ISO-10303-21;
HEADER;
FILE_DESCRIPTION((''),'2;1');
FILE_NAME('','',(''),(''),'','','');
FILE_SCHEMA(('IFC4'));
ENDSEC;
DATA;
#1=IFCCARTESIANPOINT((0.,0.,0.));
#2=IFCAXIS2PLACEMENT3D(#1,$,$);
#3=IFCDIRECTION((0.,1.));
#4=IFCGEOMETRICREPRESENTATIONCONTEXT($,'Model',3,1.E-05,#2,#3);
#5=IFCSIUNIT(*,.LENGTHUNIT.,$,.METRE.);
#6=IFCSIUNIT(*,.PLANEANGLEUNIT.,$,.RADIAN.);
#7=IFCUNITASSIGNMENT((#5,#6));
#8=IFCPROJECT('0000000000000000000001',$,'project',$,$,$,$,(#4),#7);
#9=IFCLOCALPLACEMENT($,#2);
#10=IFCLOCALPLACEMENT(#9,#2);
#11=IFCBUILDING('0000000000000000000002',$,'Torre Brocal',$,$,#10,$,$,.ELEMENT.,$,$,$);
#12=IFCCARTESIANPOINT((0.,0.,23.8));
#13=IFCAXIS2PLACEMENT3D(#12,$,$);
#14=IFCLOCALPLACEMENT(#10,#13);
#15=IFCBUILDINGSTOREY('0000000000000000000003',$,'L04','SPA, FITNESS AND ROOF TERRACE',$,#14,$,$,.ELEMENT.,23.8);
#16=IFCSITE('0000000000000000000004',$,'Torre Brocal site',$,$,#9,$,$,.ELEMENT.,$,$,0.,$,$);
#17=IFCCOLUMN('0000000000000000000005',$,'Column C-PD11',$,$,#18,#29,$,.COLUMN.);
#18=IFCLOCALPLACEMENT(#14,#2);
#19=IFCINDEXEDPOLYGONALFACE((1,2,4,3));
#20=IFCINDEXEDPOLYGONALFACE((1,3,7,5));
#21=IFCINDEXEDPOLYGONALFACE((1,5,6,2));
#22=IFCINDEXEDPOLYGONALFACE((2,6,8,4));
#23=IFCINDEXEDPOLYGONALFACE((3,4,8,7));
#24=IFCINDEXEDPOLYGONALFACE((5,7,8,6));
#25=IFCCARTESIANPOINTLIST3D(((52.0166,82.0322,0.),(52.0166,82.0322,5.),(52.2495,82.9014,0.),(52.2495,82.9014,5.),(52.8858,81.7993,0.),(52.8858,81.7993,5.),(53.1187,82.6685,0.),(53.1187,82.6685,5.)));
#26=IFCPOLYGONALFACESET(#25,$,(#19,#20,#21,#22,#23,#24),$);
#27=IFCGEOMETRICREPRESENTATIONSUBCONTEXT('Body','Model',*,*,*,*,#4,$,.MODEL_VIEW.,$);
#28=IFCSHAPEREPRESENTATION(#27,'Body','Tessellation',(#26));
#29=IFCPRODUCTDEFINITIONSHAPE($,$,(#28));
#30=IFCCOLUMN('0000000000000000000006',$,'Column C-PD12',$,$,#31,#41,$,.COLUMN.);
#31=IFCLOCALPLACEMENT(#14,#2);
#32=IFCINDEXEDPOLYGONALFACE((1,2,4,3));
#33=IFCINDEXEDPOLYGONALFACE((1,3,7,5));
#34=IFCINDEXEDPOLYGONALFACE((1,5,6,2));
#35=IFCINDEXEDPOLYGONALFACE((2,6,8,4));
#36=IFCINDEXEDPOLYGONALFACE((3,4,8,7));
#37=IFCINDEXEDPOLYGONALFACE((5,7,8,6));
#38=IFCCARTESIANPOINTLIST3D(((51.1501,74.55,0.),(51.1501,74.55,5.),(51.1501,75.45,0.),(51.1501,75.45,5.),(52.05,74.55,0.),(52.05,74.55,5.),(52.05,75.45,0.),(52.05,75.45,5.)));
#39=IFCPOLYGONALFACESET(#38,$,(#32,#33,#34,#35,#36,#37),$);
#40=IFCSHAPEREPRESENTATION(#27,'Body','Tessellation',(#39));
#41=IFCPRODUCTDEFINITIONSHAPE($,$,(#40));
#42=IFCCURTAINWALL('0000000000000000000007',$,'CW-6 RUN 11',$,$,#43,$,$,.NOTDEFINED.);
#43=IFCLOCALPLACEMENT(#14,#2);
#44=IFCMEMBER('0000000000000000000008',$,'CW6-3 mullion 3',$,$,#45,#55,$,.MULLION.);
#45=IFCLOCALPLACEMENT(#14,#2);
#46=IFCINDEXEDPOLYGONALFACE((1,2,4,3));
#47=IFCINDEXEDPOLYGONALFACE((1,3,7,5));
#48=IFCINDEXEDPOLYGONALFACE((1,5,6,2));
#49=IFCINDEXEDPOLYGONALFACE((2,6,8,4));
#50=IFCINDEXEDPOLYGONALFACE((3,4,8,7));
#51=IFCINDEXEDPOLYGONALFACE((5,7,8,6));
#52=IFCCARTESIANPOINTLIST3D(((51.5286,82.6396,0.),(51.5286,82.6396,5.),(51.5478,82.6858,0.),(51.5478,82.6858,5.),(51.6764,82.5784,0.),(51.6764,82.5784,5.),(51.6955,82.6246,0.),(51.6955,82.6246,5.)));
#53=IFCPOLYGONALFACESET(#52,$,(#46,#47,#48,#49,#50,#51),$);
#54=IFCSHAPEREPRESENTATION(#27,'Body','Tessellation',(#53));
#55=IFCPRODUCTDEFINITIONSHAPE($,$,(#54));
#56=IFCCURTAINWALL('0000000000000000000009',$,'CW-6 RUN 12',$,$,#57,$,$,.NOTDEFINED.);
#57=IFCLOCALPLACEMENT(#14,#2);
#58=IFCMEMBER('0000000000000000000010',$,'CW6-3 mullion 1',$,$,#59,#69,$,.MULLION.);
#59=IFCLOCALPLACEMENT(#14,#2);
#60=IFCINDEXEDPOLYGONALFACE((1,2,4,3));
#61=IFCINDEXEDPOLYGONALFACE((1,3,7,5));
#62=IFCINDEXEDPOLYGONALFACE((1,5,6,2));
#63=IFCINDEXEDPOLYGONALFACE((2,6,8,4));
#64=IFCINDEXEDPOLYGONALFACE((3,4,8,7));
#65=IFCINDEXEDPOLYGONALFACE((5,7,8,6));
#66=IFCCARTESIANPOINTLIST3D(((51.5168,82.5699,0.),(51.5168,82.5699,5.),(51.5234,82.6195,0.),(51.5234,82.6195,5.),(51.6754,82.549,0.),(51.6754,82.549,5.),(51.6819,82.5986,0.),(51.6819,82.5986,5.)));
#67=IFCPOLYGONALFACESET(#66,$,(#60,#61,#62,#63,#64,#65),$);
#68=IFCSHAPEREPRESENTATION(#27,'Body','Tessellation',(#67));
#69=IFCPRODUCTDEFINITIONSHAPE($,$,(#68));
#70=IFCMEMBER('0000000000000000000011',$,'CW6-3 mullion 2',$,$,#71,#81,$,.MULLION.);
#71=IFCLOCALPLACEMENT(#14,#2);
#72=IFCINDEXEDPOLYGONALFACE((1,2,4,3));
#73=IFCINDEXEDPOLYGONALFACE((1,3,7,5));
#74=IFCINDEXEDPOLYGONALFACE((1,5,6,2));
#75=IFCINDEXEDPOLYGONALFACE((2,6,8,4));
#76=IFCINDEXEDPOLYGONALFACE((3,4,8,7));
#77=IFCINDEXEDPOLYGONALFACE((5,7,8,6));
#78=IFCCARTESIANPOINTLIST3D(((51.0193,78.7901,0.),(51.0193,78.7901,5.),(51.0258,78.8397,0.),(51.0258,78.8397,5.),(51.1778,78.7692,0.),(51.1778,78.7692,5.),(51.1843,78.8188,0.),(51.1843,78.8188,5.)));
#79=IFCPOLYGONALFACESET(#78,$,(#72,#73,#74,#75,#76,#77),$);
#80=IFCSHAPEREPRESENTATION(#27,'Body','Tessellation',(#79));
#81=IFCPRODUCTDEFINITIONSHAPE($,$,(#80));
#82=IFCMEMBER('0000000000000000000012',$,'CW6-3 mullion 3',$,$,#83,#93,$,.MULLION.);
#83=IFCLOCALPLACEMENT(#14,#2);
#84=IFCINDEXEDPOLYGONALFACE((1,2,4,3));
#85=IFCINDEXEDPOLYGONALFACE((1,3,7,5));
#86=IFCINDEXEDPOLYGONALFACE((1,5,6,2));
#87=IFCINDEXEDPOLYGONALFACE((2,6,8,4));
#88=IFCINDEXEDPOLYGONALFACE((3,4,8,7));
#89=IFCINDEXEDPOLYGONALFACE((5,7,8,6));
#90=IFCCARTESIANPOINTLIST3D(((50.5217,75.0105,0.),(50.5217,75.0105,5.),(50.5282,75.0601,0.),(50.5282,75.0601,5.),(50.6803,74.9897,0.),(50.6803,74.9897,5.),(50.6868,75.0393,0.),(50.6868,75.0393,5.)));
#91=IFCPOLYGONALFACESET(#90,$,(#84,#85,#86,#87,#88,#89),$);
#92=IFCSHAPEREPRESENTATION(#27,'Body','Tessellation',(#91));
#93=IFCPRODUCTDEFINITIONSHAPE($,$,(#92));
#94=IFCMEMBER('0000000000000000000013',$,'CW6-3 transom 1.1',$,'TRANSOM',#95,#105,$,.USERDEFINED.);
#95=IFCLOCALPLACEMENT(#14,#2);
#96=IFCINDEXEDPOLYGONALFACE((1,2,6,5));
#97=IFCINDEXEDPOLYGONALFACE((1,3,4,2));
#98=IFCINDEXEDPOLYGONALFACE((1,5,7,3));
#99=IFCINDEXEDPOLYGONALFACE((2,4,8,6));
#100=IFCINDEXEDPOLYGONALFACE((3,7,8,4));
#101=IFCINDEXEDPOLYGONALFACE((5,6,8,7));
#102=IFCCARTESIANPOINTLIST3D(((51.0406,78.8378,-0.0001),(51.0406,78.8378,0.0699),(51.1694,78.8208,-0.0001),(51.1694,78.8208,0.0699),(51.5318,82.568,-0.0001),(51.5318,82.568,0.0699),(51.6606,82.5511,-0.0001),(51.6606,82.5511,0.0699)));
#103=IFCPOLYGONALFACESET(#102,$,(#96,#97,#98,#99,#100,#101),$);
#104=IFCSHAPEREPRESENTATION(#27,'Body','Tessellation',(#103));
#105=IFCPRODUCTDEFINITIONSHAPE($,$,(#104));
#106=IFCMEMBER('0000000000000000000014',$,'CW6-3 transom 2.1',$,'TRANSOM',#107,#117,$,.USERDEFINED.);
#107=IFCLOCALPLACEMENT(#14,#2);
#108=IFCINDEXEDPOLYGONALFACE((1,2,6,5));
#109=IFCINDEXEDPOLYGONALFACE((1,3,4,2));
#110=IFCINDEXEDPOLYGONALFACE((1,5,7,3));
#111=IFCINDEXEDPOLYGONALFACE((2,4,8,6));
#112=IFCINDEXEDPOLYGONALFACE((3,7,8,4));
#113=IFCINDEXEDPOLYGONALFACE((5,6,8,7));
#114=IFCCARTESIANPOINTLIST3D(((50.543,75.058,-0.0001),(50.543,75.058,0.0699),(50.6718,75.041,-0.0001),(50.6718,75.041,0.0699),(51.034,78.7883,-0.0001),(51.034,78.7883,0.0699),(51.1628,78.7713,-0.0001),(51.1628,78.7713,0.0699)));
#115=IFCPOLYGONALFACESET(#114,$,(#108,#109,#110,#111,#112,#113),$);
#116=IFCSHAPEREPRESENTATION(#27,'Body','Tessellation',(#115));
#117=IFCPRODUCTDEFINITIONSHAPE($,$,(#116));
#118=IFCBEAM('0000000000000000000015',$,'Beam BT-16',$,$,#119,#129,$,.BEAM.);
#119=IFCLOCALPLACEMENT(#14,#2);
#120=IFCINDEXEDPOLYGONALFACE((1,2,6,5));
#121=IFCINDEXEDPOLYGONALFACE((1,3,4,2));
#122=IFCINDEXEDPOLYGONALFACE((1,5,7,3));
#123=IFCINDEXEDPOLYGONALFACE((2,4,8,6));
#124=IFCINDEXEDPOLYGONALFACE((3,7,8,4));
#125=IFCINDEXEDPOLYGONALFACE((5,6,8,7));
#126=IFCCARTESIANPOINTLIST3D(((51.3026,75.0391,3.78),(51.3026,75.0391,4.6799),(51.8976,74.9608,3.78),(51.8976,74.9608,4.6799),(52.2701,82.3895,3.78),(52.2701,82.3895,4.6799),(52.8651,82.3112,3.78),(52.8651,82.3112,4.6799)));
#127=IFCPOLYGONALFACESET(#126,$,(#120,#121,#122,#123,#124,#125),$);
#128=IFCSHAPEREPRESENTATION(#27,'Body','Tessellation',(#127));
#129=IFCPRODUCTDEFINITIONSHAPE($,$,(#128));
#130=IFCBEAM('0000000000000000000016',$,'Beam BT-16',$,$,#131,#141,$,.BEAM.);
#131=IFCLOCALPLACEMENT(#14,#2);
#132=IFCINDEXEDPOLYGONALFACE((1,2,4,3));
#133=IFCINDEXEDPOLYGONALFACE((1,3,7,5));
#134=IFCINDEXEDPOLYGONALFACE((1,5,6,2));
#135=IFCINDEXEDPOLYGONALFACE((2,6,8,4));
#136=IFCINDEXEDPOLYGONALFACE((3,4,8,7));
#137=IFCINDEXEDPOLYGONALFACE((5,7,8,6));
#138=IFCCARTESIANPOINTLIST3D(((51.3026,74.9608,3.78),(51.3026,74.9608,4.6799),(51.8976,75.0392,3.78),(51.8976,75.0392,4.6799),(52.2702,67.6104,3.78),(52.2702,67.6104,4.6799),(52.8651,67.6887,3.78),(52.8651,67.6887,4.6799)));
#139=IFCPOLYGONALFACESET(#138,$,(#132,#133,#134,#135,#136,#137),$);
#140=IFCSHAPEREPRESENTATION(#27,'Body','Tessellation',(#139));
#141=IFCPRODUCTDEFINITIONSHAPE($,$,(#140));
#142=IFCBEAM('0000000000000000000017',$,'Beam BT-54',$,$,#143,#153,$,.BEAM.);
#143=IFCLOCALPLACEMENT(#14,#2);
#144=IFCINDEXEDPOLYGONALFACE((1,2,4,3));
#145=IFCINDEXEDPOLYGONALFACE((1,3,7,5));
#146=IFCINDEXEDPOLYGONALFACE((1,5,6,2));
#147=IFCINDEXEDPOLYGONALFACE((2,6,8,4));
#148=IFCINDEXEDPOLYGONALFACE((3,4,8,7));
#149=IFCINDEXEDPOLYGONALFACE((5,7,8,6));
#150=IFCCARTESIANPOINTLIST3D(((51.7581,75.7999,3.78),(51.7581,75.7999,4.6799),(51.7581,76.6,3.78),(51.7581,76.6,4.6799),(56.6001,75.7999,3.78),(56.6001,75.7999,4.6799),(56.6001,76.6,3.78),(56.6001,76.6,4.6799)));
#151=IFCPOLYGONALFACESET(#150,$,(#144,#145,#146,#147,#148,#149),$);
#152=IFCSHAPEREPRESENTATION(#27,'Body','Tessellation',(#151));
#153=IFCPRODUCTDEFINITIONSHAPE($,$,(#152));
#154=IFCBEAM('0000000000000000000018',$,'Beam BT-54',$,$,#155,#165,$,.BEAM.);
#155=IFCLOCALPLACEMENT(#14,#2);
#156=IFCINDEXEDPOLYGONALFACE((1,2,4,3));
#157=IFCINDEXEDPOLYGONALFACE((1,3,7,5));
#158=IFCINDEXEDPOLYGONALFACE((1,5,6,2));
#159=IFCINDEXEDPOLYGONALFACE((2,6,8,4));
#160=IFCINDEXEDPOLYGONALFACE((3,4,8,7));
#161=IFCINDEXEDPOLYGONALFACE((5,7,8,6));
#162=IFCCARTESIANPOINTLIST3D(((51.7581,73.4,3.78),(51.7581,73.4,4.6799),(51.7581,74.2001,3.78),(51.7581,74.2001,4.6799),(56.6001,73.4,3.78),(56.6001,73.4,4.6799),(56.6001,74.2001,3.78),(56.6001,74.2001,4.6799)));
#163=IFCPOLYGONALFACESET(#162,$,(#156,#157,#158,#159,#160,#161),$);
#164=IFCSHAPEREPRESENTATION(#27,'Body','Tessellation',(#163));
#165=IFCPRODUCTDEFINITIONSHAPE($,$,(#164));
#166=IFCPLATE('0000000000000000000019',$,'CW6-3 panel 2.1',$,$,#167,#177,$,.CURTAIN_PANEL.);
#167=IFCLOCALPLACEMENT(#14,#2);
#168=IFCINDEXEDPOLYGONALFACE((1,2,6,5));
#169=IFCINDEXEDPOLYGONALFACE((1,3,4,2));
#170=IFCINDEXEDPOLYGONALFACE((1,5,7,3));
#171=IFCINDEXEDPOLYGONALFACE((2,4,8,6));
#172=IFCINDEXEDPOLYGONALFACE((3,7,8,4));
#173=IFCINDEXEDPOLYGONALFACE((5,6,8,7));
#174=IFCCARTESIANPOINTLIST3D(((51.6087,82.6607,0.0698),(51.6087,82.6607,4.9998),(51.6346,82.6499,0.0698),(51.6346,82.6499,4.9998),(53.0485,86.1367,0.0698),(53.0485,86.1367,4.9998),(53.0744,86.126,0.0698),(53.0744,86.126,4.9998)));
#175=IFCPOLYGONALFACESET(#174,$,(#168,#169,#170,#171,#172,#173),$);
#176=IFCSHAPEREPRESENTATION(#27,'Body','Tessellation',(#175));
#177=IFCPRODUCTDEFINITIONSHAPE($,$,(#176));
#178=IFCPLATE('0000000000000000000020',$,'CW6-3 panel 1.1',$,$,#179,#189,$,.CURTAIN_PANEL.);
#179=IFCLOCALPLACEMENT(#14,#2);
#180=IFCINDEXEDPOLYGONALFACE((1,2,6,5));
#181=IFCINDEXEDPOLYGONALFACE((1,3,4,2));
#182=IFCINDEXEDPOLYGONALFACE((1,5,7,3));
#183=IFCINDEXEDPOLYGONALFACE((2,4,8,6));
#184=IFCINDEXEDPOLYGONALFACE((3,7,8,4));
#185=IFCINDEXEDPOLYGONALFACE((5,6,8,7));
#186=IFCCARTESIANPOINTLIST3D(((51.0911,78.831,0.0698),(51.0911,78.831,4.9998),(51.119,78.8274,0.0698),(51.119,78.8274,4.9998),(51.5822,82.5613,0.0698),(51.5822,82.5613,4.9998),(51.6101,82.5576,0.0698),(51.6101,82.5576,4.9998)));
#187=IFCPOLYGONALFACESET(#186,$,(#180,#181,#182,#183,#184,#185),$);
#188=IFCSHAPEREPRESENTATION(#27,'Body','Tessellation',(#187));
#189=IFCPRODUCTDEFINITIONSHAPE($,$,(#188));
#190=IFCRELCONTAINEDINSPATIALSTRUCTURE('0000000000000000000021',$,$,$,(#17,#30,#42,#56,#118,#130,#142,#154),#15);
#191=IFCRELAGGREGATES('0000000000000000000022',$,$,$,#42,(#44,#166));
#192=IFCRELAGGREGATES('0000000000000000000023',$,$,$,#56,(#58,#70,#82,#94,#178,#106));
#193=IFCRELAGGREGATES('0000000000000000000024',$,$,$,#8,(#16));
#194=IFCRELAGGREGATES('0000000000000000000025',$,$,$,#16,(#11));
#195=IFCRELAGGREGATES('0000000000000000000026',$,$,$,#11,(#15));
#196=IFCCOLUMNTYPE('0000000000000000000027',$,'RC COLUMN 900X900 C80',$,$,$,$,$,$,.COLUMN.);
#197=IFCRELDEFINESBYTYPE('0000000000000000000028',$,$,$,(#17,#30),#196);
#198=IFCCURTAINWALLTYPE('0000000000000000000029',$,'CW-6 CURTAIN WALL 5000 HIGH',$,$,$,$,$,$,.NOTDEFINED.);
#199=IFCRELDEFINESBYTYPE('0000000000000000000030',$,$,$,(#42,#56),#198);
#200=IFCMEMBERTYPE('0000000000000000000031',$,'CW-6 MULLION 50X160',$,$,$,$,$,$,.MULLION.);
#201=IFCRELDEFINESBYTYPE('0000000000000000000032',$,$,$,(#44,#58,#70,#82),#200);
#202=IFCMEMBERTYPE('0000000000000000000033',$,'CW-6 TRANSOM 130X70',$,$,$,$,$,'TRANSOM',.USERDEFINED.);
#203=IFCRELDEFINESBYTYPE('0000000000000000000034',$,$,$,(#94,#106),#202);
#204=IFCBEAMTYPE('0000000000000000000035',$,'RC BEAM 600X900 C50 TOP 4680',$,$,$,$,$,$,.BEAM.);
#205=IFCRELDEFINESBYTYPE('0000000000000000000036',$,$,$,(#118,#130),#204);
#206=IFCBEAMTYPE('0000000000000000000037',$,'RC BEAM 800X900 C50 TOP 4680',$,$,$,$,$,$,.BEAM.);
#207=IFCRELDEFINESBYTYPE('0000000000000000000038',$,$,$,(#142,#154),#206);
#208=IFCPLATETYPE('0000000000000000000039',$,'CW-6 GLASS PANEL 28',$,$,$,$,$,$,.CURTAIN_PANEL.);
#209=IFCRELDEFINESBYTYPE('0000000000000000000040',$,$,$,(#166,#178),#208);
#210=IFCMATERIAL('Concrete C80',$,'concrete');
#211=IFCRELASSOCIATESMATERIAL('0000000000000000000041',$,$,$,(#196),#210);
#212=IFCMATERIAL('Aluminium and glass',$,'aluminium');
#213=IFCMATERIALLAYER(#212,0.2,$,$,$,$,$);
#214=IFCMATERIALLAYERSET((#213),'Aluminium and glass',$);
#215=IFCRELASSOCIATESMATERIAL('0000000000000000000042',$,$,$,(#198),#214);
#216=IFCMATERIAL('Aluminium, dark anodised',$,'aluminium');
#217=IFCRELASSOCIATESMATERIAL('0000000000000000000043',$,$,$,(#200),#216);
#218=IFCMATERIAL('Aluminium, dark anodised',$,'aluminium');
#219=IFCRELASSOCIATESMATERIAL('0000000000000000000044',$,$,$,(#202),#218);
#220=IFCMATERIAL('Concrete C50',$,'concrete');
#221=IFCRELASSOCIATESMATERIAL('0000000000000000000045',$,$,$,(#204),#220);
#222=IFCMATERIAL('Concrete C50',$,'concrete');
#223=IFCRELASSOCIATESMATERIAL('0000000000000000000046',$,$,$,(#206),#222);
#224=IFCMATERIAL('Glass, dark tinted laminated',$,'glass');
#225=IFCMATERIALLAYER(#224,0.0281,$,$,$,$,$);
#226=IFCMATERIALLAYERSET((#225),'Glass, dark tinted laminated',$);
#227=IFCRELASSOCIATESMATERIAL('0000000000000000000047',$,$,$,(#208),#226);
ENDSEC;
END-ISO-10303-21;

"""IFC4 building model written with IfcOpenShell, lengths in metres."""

from ifc_helpers import new_model, si_unit, direction, frame, origin, origin_2d, place, context, subcontext, project, spatial, rectangle, extrude, material, layer, layer_set, material_profile, profile_set, type_object, element, aggregate, save


model = new_model("IFC4")

# Units and contexts
model_context = context("Model", 3, precision=1e-05, world=origin(), true_north=direction((0.0, 1.0)))
body_context = subcontext(model_context, "Body", "Model", "MODEL_VIEW")
ifc_project = project(units=[si_unit("LENGTHUNIT", "METRE"), si_unit("PLANEANGLEUNIT", "RADIAN")], contexts=[model_context])

# Site, building, storey
site_placement = place(None, origin())
site = spatial("IfcSite", under=ifc_project, at=site_placement, Name="Torre Brocal site", CompositionType="ELEMENT", RefElevation=0.0)
building_placement = place(site_placement, origin())
building = spatial("IfcBuilding", under=site, at=building_placement, Name="Torre Brocal", CompositionType="ELEMENT")
storey_placement = place(building_placement, frame((0.0, 0.0, 23.8)))
storey = spatial("IfcBuildingStorey", under=building, at=storey_placement, Name="L04", Description="SPA, FITNESS AND ROOF TERRACE", CompositionType="ELEMENT", Elevation=23.8)

# Columns
ifc_material_1 = material(Name="Concrete C80", Category="concrete")
ifc_material_profile_1 = material_profile(ifc_material_1, rectangle(XDim=0.8999, YDim=0.8999, at=origin_2d()), Name="RC 900X900")
ifc_profile_set_1 = profile_set([ifc_material_profile_1], Name="Concrete C80")
column_type = type_object("IfcColumnType", Name="RC COLUMN 900X900 C80", PredefinedType="COLUMN", material=ifc_profile_set_1)
for number, where, z_axis, x_axis, name in (
    (1, (52.5676, 82.3503, 0.0), (0.0, 0.0, 1.0), (-0.965926, 0.258819, 0.0), "Column C-PD11"),
    (2, (51.6001, 75.0, 0.0), (0.0, 0.0, 1.0), (-1.0, 0.0, 0.0), "Column C-PD12"),
):
    element("IfcColumn", number, at=place(storey_placement, frame(where, z_axis=z_axis, x_axis=x_axis)), inside=storey, type_object=column_type, Name=name, PredefinedType="COLUMN", context=body_context, shape_type="SweptSolid", body=[
        extrude(rectangle(XDim=0.8999, YDim=0.8999, at=origin_2d()), origin(), (0.0, 0.0, 1.0), 5.0),
    ])

# Curtain wall, member
ifc_material_2 = material(Name="Aluminium and glass", Category="aluminium")
ifc_layer_1 = layer(ifc_material_2, 0.2)
ifc_layer_set_1 = layer_set([ifc_layer_1], Name="Aluminium and glass")
curtain_wall_type = type_object("IfcCurtainWallType", Name="CW-6 CURTAIN WALL 5000 HIGH", PredefinedType="NOTDEFINED", material=ifc_layer_set_1)
curtain_wall_1_placement = place(storey_placement, origin())
curtain_wall_1 = element("IfcCurtainWall", 3, at=curtain_wall_1_placement, inside=storey, type_object=curtain_wall_type, Name="CW-6 RUN 11", PredefinedType="NOTDEFINED")
ifc_material_3 = material(Name="Aluminium, dark anodised", Category="aluminium")
ifc_material_profile_2 = material_profile(ifc_material_3, rectangle(XDim=0.1599, YDim=0.05, at=origin_2d()), Name="CW-6 MULLION 50X160")
ifc_profile_set_2 = profile_set([ifc_material_profile_2], Name="Aluminium, dark anodised")
member_type_1 = type_object("IfcMemberType", Name="CW-6 MULLION 50X160", PredefinedType="MULLION", material=ifc_profile_set_2)
member_1_placement = place(storey_placement, frame((51.6121, 82.6321, 0.0), z_axis=(0.0, 0.0, 1.0), x_axis=(0.92388, -0.382683, 0.0)))
member_1 = element("IfcMember", 4, at=member_1_placement, type_object=member_type_1, Name="CW6-3 mullion 3", PredefinedType="MULLION", context=body_context, shape_type="SweptSolid", body=[
    extrude(rectangle(XDim=0.1599, YDim=0.05, at=origin_2d()), origin(), (0.0, 0.0, 1.0), 5.0),
])

# Curtain wall, members
curtain_wall_2_placement = place(storey_placement, origin())
curtain_wall_2 = element("IfcCurtainWall", 5, at=curtain_wall_2_placement, inside=storey, type_object=curtain_wall_type, Name="CW-6 RUN 12", PredefinedType="NOTDEFINED")
member_2_placement = place(storey_placement, frame((51.5994, 82.5842, 0.0), z_axis=(0.0, 0.0, 1.0), x_axis=(0.991445, -0.130526, 0.0)))
member_2 = element("IfcMember", 6, at=member_2_placement, type_object=member_type_1, Name="CW6-3 mullion 1", PredefinedType="MULLION", context=body_context, shape_type="SweptSolid", body=[
    extrude(rectangle(XDim=0.1599, YDim=0.05, at=origin_2d()), origin(), (0.0, 0.0, 1.0), 5.0),
])
member_3_placement = place(storey_placement, frame((51.1018, 78.8044, 0.0), z_axis=(0.0, 0.0, 1.0), x_axis=(0.991445, -0.130526, 0.0)))
member_3 = element("IfcMember", 7, at=member_3_placement, type_object=member_type_1, Name="CW6-3 mullion 2", PredefinedType="MULLION", context=body_context, shape_type="SweptSolid", body=[
    extrude(rectangle(XDim=0.1599, YDim=0.05, at=origin_2d()), origin(), (0.0, 0.0, 1.0), 5.0),
])
member_4_placement = place(storey_placement, frame((50.6042, 75.0249, 0.0), z_axis=(0.0, 0.0, 1.0), x_axis=(0.991445, -0.130526, 0.0)))
member_4 = element("IfcMember", 8, at=member_4_placement, type_object=member_type_1, Name="CW6-3 mullion 3", PredefinedType="MULLION", context=body_context, shape_type="SweptSolid", body=[
    extrude(rectangle(XDim=0.1599, YDim=0.05, at=origin_2d()), origin(), (0.0, 0.0, 1.0), 5.0),
])
ifc_material_4 = material(Name="Aluminium, dark anodised", Category="aluminium")
ifc_material_profile_3 = material_profile(ifc_material_4, rectangle(XDim=0.1299, YDim=0.0701, at=origin_2d()), Name="CW-6 TRANSOM 130X70")
ifc_profile_set_3 = profile_set([ifc_material_profile_3], Name="Aluminium, dark anodised")
member_type_2 = type_object("IfcMemberType", Name="CW-6 TRANSOM 130X70", ElementType="TRANSOM", PredefinedType="USERDEFINED", material=ifc_profile_set_3)
member_5_placement = place(storey_placement, frame((51.5962, 82.5596, 0.0349), z_axis=(-0.130557, -0.991441, 0.0), x_axis=(0.991441, -0.130557, 0.0)))
member_5 = element("IfcMember", 9, at=member_5_placement, type_object=member_type_2, Name="CW6-3 transom 1.1", ObjectType="TRANSOM", PredefinedType="USERDEFINED", context=body_context, shape_type="SweptSolid", body=[
    extrude(rectangle(XDim=0.1299, YDim=0.0701, at=origin_2d()), origin(), (0.0, 0.0, 1.0), 3.7625),
])
member_6_placement = place(storey_placement, frame((51.0984, 78.7798, 0.0349), z_axis=(-0.130493, -0.991449, 0.0), x_axis=(0.991449, -0.130493, 0.0)))
member_6 = element("IfcMember", 10, at=member_6_placement, type_object=member_type_2, Name="CW6-3 transom 2.1", ObjectType="TRANSOM", PredefinedType="USERDEFINED", context=body_context, shape_type="SweptSolid", body=[
    extrude(rectangle(XDim=0.1299, YDim=0.0701, at=origin_2d()), origin(), (0.0, 0.0, 1.0), 3.7625),
])

# Beams
ifc_material_5 = material(Name="Concrete C50", Category="concrete")
ifc_material_profile_4 = material_profile(ifc_material_5, rectangle(XDim=0.6001, YDim=0.8999, at=origin_2d()), Name="RC 600X900")
ifc_profile_set_4 = profile_set([ifc_material_profile_4], Name="Concrete C50")
beam_type_1 = type_object("IfcBeamType", Name="RC BEAM 600X900 C50 TOP 4680", PredefinedType="BEAM", material=ifc_profile_set_4)
for number, where, z_axis, x_axis, name in (
    (11, (52.5676, 82.3503, 4.23), (-0.130505, -0.991448, 0.0), (0.991448, -0.130505, 0.0), "Beam BT-16"),
    (12, (51.6001, 75.0, 4.23), (0.130505, -0.991448, 0.0), (0.991448, 0.130505, 0.0), "Beam BT-16"),
):
    element("IfcBeam", number, at=place(storey_placement, frame(where, z_axis=z_axis, x_axis=x_axis)), inside=storey, type_object=beam_type_1, Name=name, PredefinedType="BEAM", context=body_context, shape_type="SweptSolid", body=[
        extrude(rectangle(XDim=0.6001, YDim=0.8999, at=origin_2d()), origin(), (0.0, 0.0, 1.0), 7.4138),
    ])
ifc_material_6 = material(Name="Concrete C50", Category="concrete")
ifc_material_profile_5 = material_profile(ifc_material_6, rectangle(XDim=0.8, YDim=0.8999, at=origin_2d()), Name="RC 800X900")
ifc_profile_set_5 = profile_set([ifc_material_profile_5], Name="Concrete C50")
beam_type_2 = type_object("IfcBeamType", Name="RC BEAM 800X900 C50 TOP 4680", PredefinedType="BEAM", material=ifc_profile_set_5)
for number, where, z_axis, x_axis, name in (
    (13, (56.6001, 76.2, 4.23), (-1.0, 0.0, 0.0), (0.0, -1.0, 0.0), "Beam BT-54"),
    (14, (56.6001, 73.8, 4.23), (-1.0, 0.0, 0.0), (0.0, -1.0, 0.0), "Beam BT-54"),
):
    element("IfcBeam", number, at=place(storey_placement, frame(where, z_axis=z_axis, x_axis=x_axis)), inside=storey, type_object=beam_type_2, Name=name, PredefinedType="BEAM", context=body_context, shape_type="SweptSolid", body=[
        extrude(rectangle(XDim=0.8, YDim=0.8999, at=origin_2d()), origin(), (0.0, 0.0, 1.0), 4.842),
    ])

# Plates
ifc_material_7 = material(Name="Glass, dark tinted laminated", Category="glass")
ifc_layer_2 = layer(ifc_material_7, 0.0281)
ifc_layer_set_2 = layer_set([ifc_layer_2], Name="Glass, dark tinted laminated")
plate_type = type_object("IfcPlateType", Name="CW-6 GLASS PANEL 28", PredefinedType="CURTAIN_PANEL", material=ifc_layer_set_2)
plate_1_placement = place(storey_placement, frame((52.3416, 84.3933, 0.0698), z_axis=(0.0, 0.0, 1.0), x_axis=(-0.382683, -0.92388, 0.0)))
plate_1 = element("IfcPlate", 15, at=plate_1_placement, type_object=plate_type, Name="CW6-3 panel 2.1", PredefinedType="CURTAIN_PANEL", context=body_context, shape_type="SweptSolid", body=[
    extrude(rectangle(XDim=3.7625, YDim=0.0281, at=origin_2d()), origin(), (0.0, 0.0, 1.0), 4.9299),
])
aggregate(curtain_wall_1, [member_1, plate_1])
plate_2_placement = place(storey_placement, frame((51.3506, 80.6943, 0.0698), z_axis=(0.0, 0.0, 1.0), x_axis=(-0.130526, -0.991445, 0.0)))
plate_2 = element("IfcPlate", 16, at=plate_2_placement, type_object=plate_type, Name="CW6-3 panel 1.1", PredefinedType="CURTAIN_PANEL", context=body_context, shape_type="SweptSolid", body=[
    extrude(rectangle(XDim=3.7625, YDim=0.0281, at=origin_2d()), origin(), (0.0, 0.0, 1.0), 4.9299),
])
aggregate(curtain_wall_2, [member_2, member_3, member_4, member_5, plate_2, member_6])

save(model, "model.ifc")
